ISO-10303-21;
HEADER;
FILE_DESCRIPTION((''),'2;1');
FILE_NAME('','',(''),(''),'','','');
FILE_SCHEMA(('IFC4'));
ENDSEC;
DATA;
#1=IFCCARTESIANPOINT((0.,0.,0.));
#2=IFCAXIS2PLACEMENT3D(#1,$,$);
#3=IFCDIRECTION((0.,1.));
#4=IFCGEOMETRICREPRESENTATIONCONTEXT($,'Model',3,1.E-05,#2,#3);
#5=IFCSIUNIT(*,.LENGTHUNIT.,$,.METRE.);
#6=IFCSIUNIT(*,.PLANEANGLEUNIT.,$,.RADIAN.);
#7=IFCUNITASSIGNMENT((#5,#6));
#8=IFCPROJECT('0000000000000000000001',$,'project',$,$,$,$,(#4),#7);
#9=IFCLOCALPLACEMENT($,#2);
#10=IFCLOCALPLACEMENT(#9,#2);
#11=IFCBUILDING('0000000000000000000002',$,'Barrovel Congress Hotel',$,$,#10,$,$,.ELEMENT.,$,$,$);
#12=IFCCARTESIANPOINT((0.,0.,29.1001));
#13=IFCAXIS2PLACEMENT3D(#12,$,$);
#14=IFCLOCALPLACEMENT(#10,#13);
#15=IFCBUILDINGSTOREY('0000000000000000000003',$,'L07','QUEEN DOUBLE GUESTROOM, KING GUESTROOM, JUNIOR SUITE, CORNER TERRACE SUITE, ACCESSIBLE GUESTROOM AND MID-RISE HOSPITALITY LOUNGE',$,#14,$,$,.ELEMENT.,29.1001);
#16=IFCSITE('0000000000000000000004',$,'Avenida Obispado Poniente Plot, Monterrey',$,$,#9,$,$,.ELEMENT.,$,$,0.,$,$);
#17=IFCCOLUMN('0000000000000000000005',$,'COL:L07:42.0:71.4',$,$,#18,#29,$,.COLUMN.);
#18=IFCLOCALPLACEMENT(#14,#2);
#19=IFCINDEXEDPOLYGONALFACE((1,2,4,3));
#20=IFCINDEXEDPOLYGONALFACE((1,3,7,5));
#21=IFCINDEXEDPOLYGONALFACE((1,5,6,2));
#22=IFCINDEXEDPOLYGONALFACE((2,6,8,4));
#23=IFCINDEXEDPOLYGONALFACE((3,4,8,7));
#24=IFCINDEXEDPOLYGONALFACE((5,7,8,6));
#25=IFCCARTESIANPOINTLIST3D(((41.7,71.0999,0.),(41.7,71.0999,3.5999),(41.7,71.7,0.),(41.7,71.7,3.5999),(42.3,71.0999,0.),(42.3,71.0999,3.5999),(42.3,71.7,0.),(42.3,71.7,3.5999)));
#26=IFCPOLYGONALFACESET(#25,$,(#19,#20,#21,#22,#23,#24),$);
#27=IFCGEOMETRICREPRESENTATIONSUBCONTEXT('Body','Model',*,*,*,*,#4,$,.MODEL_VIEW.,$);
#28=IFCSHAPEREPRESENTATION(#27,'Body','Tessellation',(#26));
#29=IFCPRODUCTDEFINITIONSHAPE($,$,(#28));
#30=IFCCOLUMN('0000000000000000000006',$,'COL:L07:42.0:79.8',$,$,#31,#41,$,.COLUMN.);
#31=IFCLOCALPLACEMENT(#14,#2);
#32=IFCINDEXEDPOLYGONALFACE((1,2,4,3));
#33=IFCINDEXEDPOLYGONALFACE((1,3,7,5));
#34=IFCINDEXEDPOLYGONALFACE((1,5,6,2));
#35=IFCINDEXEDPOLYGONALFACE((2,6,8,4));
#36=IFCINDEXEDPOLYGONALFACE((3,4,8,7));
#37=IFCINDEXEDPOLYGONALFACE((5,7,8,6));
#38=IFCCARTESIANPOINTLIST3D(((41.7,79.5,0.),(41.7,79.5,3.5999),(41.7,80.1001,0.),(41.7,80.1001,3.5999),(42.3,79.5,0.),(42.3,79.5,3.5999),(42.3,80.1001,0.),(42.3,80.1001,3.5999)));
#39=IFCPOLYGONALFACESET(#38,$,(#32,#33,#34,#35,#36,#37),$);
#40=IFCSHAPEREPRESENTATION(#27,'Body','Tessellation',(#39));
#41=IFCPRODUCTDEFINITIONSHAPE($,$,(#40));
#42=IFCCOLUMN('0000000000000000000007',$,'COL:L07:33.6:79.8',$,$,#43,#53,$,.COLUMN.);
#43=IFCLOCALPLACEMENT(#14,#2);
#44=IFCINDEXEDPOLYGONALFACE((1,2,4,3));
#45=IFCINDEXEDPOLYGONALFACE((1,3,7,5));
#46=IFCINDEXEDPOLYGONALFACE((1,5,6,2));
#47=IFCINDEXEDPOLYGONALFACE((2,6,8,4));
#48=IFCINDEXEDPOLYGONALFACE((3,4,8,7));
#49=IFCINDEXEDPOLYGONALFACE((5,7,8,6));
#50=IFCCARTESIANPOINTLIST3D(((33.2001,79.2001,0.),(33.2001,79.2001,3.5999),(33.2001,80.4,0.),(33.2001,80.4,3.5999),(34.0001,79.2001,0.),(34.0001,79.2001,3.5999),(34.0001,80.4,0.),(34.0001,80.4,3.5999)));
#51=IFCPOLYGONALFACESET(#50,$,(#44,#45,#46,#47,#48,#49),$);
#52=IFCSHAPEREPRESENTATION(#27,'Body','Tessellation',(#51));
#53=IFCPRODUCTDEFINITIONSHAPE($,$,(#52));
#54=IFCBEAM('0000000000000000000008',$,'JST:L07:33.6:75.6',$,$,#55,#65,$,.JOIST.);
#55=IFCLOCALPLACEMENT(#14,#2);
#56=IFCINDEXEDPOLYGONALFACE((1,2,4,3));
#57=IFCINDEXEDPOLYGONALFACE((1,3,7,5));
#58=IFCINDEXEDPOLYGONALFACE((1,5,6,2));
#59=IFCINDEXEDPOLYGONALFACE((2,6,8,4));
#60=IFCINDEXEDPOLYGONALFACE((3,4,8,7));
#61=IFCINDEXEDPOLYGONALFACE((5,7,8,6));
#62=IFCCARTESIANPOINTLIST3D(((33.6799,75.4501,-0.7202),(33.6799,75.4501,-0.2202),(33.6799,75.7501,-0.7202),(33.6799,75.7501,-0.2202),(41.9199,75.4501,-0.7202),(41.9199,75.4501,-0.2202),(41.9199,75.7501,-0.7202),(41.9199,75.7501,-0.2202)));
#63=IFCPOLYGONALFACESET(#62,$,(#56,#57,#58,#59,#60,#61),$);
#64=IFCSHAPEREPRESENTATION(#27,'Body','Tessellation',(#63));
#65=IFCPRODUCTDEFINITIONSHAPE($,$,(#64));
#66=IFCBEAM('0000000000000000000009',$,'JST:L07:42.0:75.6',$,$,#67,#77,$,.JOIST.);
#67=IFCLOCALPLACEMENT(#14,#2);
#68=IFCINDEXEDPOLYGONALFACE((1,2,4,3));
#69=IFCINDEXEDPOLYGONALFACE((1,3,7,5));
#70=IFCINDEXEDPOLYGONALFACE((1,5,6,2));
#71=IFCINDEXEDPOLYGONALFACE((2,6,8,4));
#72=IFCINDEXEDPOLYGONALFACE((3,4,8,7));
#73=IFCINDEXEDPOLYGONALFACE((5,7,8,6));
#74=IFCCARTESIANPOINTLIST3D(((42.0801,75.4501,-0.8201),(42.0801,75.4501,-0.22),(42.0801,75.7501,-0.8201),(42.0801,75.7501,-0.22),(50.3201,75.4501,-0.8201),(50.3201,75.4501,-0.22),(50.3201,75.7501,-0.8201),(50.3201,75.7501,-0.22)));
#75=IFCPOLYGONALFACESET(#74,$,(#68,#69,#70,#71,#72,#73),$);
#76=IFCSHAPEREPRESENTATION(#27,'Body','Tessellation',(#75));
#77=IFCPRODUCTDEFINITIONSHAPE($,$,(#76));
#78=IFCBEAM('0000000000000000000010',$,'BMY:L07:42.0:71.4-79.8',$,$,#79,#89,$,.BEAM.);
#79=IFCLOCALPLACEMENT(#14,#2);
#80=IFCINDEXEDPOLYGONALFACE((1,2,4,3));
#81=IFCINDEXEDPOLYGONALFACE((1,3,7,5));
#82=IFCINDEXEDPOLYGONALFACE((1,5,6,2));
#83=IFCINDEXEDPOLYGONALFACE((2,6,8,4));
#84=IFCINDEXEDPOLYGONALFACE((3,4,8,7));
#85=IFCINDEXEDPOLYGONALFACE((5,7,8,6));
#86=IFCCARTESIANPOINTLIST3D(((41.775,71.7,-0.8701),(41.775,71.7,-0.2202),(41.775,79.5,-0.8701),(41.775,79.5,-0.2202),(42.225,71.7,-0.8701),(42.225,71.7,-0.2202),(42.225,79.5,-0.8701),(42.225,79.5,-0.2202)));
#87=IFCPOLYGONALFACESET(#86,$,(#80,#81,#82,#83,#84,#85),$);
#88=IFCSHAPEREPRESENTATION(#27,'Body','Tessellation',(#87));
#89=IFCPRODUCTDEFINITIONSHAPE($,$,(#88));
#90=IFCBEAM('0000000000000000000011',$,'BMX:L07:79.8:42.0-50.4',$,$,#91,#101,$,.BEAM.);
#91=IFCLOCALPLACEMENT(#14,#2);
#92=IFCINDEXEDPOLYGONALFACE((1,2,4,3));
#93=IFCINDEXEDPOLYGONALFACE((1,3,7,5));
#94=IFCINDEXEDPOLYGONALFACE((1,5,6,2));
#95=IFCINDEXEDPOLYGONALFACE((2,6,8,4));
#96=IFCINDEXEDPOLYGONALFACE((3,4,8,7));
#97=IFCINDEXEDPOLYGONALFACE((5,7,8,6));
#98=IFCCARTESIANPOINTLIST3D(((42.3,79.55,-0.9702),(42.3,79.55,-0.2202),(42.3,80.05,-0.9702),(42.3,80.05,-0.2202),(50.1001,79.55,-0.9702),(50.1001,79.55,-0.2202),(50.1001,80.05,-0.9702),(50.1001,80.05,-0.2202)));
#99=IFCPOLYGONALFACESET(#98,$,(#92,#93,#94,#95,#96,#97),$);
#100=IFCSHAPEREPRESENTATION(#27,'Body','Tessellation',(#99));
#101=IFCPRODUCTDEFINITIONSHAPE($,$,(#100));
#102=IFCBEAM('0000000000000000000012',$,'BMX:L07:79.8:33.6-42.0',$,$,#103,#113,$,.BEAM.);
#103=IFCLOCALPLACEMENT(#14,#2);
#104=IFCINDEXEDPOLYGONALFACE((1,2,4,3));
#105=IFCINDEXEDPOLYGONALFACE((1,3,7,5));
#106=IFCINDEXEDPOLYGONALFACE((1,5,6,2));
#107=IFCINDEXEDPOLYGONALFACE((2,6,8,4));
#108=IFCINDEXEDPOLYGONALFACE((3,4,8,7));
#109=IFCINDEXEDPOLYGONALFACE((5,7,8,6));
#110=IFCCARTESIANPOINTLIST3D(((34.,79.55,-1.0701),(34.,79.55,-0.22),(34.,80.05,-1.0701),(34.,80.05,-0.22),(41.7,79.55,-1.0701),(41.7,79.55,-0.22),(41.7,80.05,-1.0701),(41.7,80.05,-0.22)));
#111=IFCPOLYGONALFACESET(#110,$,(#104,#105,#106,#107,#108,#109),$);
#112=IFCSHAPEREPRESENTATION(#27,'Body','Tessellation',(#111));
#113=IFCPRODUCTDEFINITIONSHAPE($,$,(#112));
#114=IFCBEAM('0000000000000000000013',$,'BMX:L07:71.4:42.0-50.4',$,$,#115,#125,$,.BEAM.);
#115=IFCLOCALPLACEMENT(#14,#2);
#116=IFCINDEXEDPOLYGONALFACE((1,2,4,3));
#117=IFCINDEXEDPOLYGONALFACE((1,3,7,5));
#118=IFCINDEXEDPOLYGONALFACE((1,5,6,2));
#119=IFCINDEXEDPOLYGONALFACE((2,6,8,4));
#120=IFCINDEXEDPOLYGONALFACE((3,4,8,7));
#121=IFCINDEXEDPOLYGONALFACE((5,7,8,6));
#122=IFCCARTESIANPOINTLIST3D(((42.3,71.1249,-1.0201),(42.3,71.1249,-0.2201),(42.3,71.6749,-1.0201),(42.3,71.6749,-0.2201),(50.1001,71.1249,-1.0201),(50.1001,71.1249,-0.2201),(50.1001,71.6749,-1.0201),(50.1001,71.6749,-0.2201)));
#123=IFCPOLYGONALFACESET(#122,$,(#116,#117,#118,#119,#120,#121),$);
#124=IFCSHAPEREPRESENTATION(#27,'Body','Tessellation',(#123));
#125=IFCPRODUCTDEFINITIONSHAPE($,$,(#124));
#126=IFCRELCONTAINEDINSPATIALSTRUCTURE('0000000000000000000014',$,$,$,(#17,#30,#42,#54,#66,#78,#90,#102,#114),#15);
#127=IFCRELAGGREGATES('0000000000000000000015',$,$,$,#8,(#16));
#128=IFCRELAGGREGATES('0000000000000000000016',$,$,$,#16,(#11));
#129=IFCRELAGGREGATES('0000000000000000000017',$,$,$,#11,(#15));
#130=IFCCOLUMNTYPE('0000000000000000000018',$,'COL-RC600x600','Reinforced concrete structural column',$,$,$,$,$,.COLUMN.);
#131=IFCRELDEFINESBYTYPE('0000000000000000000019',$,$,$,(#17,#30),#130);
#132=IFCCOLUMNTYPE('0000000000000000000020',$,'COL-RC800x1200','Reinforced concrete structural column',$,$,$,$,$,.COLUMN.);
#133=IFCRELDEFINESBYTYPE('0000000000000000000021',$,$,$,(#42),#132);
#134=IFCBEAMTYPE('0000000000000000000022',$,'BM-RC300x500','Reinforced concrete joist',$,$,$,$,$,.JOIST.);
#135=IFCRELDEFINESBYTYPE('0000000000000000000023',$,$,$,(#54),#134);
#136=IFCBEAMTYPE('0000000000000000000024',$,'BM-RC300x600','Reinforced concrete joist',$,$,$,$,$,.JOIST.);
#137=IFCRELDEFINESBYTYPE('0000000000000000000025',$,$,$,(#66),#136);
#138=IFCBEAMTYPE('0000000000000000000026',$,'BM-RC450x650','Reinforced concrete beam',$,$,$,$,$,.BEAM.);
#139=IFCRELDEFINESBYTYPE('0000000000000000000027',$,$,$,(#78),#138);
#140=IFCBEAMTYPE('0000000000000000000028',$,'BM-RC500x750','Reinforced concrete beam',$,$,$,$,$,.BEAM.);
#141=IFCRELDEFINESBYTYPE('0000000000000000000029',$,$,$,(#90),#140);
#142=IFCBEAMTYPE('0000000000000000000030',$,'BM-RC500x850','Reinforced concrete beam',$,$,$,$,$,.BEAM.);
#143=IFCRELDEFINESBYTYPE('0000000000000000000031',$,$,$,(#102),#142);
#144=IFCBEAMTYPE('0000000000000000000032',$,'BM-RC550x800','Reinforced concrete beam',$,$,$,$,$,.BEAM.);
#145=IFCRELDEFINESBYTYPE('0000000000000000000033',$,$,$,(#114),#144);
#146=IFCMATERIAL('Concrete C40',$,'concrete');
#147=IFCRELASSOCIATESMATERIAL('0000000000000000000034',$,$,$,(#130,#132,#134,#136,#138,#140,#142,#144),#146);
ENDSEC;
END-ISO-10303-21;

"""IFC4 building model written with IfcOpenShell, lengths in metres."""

from ifc_helpers import new_model, si_unit, direction, frame, origin, origin_2d, place, context, subcontext, project, spatial, rectangle, extrude, material, material_profile, profile_set, type_object, element, save


model = new_model("IFC4")

# Units and contexts
model_context = context("Model", 3, precision=1e-05, world=origin(), true_north=direction((0.0, 1.0)))
body_context = subcontext(model_context, "Body", "Model", "MODEL_VIEW")
ifc_project = project(units=[si_unit("LENGTHUNIT", "METRE"), si_unit("PLANEANGLEUNIT", "RADIAN")], contexts=[model_context])

# Site, building, storey
site_placement = place(None, origin())
site = spatial("IfcSite", under=ifc_project, at=site_placement, Name="Avenida Obispado Poniente Plot, Monterrey", CompositionType="ELEMENT", RefElevation=0.0)
building_placement = place(site_placement, origin())
building = spatial("IfcBuilding", under=site, at=building_placement, Name="Barrovel Congress Hotel", CompositionType="ELEMENT")
storey_placement = place(building_placement, frame((0.0, 0.0, 29.1001)))
storey = spatial("IfcBuildingStorey", under=building, at=storey_placement, Name="L07", Description="QUEEN DOUBLE GUESTROOM, KING GUESTROOM, JUNIOR SUITE, CORNER TERRACE SUITE, ACCESSIBLE GUESTROOM AND MID-RISE HOSPITALITY LOUNGE", CompositionType="ELEMENT", Elevation=29.1001)

# Columns
ifc_material_1 = material(Name="Concrete C40", Category="concrete")
ifc_material_profile_1 = material_profile(ifc_material_1, rectangle(XDim=0.6001, YDim=0.6001, at=origin_2d()), Name="RC600x600")
ifc_profile_set_1 = profile_set([ifc_material_profile_1], Name="Concrete C40")
column_type_1 = type_object("IfcColumnType", Name="COL-RC600x600", Description="Reinforced concrete structural column", PredefinedType="COLUMN", material=ifc_profile_set_1)
for number, where, z_axis, x_axis, name in (
    (1, (42.0, 71.3999, 0.0), (0.0, 0.0, 1.0), (1.0, 0.0, 0.0), "COL:L07:42.0:71.4"),
    (2, (42.0, 79.8, 0.0), (0.0, 0.0, 1.0), (1.0, 0.0, 0.0), "COL:L07:42.0:79.8"),
):
    element("IfcColumn", number, at=place(storey_placement, frame(where, z_axis=z_axis, x_axis=x_axis)), inside=storey, type_object=column_type_1, Name=name, PredefinedType="COLUMN", context=body_context, shape_type="SweptSolid", body=[
        extrude(rectangle(XDim=0.6001, YDim=0.6001, at=origin_2d()), origin(), (0.0, 0.0, 1.0), 3.5999),
    ])
ifc_material_profile_2 = material_profile(ifc_material_1, rectangle(XDim=0.8, YDim=1.2, at=origin_2d()), Name="RC800x1200")
ifc_profile_set_2 = profile_set([ifc_material_profile_2], Name="Concrete C40")
column_type_2 = type_object("IfcColumnType", Name="COL-RC800x1200", Description="Reinforced concrete structural column", PredefinedType="COLUMN", material=ifc_profile_set_2)
column_placement = place(storey_placement, frame((33.6001, 79.8, 0.0), z_axis=(0.0, 0.0, 1.0), x_axis=(1.0, 0.0, 0.0)))
element("IfcColumn", 3, at=column_placement, inside=storey, type_object=column_type_2, Name="COL:L07:33.6:79.8", PredefinedType="COLUMN", context=body_context, shape_type="SweptSolid", body=[
    extrude(rectangle(XDim=0.8, YDim=1.2, at=origin_2d()), origin(), (0.0, 0.0, 1.0), 3.5999),
])

# Beams
ifc_material_profile_3 = material_profile(ifc_material_1, rectangle(XDim=0.3, YDim=0.5, at=origin_2d()), Name="RC300x500")
ifc_profile_set_3 = profile_set([ifc_material_profile_3], Name="Concrete C40")
beam_type_1 = type_object("IfcBeamType", Name="BM-RC300x500", Description="Reinforced concrete joist", PredefinedType="JOIST", material=ifc_profile_set_3)
beam_1_placement = place(storey_placement, frame((33.6799, 75.6001, -0.4702), z_axis=(1.0, 0.0, 0.0), x_axis=(0.0, 1.0, 0.0)))
element("IfcBeam", 4, at=beam_1_placement, inside=storey, type_object=beam_type_1, Name="JST:L07:33.6:75.6", PredefinedType="JOIST", context=body_context, shape_type="SweptSolid", body=[
    extrude(rectangle(XDim=0.3, YDim=0.5, at=origin_2d()), origin(), (0.0, 0.0, 1.0), 8.24),
])
ifc_material_profile_4 = material_profile(ifc_material_1, rectangle(XDim=0.3, YDim=0.6001, at=origin_2d()), Name="RC300x600")
ifc_profile_set_4 = profile_set([ifc_material_profile_4], Name="Concrete C40")
beam_type_2 = type_object("IfcBeamType", Name="BM-RC300x600", Description="Reinforced concrete joist", PredefinedType="JOIST", material=ifc_profile_set_4)
beam_2_placement = place(storey_placement, frame((42.0801, 75.6001, -0.52), z_axis=(1.0, 0.0, 0.0), x_axis=(0.0, 1.0, 0.0)))
element("IfcBeam", 5, at=beam_2_placement, inside=storey, type_object=beam_type_2, Name="JST:L07:42.0:75.6", PredefinedType="JOIST", context=body_context, shape_type="SweptSolid", body=[
    extrude(rectangle(XDim=0.3, YDim=0.6001, at=origin_2d()), origin(), (0.0, 0.0, 1.0), 8.24),
])
ifc_material_profile_5 = material_profile(ifc_material_1, rectangle(XDim=0.45, YDim=0.6499, at=origin_2d()), Name="RC450x650")
ifc_profile_set_5 = profile_set([ifc_material_profile_5], Name="Concrete C40")
beam_type_3 = type_object("IfcBeamType", Name="BM-RC450x650", Description="Reinforced concrete beam", PredefinedType="BEAM", material=ifc_profile_set_5)
beam_3_placement = place(storey_placement, frame((42.0, 71.7, -0.5452), z_axis=(0.0, 1.0, 0.0), x_axis=(-1.0, 0.0, 0.0)))
element("IfcBeam", 6, at=beam_3_placement, inside=storey, type_object=beam_type_3, Name="BMY:L07:42.0:71.4-79.8", PredefinedType="BEAM", context=body_context, shape_type="SweptSolid", body=[
    extrude(rectangle(XDim=0.45, YDim=0.6499, at=origin_2d()), origin(), (0.0, 0.0, 1.0), 7.8),
])
ifc_material_profile_6 = material_profile(ifc_material_1, rectangle(XDim=0.5, YDim=0.75, at=origin_2d()), Name="RC500x750")
ifc_profile_set_6 = profile_set([ifc_material_profile_6], Name="Concrete C40")
beam_type_4 = type_object("IfcBeamType", Name="BM-RC500x750", Description="Reinforced concrete beam", PredefinedType="BEAM", material=ifc_profile_set_6)
beam_4_placement = place(storey_placement, frame((42.3, 79.8, -0.5952), z_axis=(1.0, 0.0, 0.0), x_axis=(0.0, 1.0, 0.0)))
element("IfcBeam", 7, at=beam_4_placement, inside=storey, type_object=beam_type_4, Name="BMX:L07:79.8:42.0-50.4", PredefinedType="BEAM", context=body_context, shape_type="SweptSolid", body=[
    extrude(rectangle(XDim=0.5, YDim=0.75, at=origin_2d()), origin(), (0.0, 0.0, 1.0), 7.8),
])
ifc_material_profile_7 = material_profile(ifc_material_1, rectangle(XDim=0.5, YDim=0.8501, at=origin_2d()), Name="RC500x850")
ifc_profile_set_7 = profile_set([ifc_material_profile_7], Name="Concrete C40")
beam_type_5 = type_object("IfcBeamType", Name="BM-RC500x850", Description="Reinforced concrete beam", PredefinedType="BEAM", material=ifc_profile_set_7)
beam_5_placement = place(storey_placement, frame((34.0, 79.8, -0.645), z_axis=(1.0, 0.0, 0.0), x_axis=(0.0, 1.0, 0.0)))
element("IfcBeam", 8, at=beam_5_placement, inside=storey, type_object=beam_type_5, Name="BMX:L07:79.8:33.6-42.0", PredefinedType="BEAM", context=body_context, shape_type="SweptSolid", body=[
    extrude(rectangle(XDim=0.5, YDim=0.8501, at=origin_2d()), origin(), (0.0, 0.0, 1.0), 7.7),
])
ifc_material_profile_8 = material_profile(ifc_material_1, rectangle(XDim=0.55, YDim=0.8, at=origin_2d()), Name="RC550x800")
ifc_profile_set_8 = profile_set([ifc_material_profile_8], Name="Concrete C40")
beam_type_6 = type_object("IfcBeamType", Name="BM-RC550x800", Description="Reinforced concrete beam", PredefinedType="BEAM", material=ifc_profile_set_8)
beam_6_placement = place(storey_placement, frame((42.3, 71.3999, -0.6201), z_axis=(1.0, 0.0, 0.0), x_axis=(0.0, 1.0, 0.0)))
element("IfcBeam", 9, at=beam_6_placement, inside=storey, type_object=beam_type_6, Name="BMX:L07:71.4:42.0-50.4", PredefinedType="BEAM", context=body_context, shape_type="SweptSolid", body=[
    extrude(rectangle(XDim=0.55, YDim=0.8, at=origin_2d()), origin(), (0.0, 0.0, 1.0), 7.8),
])

save(model, "model.ifc")
